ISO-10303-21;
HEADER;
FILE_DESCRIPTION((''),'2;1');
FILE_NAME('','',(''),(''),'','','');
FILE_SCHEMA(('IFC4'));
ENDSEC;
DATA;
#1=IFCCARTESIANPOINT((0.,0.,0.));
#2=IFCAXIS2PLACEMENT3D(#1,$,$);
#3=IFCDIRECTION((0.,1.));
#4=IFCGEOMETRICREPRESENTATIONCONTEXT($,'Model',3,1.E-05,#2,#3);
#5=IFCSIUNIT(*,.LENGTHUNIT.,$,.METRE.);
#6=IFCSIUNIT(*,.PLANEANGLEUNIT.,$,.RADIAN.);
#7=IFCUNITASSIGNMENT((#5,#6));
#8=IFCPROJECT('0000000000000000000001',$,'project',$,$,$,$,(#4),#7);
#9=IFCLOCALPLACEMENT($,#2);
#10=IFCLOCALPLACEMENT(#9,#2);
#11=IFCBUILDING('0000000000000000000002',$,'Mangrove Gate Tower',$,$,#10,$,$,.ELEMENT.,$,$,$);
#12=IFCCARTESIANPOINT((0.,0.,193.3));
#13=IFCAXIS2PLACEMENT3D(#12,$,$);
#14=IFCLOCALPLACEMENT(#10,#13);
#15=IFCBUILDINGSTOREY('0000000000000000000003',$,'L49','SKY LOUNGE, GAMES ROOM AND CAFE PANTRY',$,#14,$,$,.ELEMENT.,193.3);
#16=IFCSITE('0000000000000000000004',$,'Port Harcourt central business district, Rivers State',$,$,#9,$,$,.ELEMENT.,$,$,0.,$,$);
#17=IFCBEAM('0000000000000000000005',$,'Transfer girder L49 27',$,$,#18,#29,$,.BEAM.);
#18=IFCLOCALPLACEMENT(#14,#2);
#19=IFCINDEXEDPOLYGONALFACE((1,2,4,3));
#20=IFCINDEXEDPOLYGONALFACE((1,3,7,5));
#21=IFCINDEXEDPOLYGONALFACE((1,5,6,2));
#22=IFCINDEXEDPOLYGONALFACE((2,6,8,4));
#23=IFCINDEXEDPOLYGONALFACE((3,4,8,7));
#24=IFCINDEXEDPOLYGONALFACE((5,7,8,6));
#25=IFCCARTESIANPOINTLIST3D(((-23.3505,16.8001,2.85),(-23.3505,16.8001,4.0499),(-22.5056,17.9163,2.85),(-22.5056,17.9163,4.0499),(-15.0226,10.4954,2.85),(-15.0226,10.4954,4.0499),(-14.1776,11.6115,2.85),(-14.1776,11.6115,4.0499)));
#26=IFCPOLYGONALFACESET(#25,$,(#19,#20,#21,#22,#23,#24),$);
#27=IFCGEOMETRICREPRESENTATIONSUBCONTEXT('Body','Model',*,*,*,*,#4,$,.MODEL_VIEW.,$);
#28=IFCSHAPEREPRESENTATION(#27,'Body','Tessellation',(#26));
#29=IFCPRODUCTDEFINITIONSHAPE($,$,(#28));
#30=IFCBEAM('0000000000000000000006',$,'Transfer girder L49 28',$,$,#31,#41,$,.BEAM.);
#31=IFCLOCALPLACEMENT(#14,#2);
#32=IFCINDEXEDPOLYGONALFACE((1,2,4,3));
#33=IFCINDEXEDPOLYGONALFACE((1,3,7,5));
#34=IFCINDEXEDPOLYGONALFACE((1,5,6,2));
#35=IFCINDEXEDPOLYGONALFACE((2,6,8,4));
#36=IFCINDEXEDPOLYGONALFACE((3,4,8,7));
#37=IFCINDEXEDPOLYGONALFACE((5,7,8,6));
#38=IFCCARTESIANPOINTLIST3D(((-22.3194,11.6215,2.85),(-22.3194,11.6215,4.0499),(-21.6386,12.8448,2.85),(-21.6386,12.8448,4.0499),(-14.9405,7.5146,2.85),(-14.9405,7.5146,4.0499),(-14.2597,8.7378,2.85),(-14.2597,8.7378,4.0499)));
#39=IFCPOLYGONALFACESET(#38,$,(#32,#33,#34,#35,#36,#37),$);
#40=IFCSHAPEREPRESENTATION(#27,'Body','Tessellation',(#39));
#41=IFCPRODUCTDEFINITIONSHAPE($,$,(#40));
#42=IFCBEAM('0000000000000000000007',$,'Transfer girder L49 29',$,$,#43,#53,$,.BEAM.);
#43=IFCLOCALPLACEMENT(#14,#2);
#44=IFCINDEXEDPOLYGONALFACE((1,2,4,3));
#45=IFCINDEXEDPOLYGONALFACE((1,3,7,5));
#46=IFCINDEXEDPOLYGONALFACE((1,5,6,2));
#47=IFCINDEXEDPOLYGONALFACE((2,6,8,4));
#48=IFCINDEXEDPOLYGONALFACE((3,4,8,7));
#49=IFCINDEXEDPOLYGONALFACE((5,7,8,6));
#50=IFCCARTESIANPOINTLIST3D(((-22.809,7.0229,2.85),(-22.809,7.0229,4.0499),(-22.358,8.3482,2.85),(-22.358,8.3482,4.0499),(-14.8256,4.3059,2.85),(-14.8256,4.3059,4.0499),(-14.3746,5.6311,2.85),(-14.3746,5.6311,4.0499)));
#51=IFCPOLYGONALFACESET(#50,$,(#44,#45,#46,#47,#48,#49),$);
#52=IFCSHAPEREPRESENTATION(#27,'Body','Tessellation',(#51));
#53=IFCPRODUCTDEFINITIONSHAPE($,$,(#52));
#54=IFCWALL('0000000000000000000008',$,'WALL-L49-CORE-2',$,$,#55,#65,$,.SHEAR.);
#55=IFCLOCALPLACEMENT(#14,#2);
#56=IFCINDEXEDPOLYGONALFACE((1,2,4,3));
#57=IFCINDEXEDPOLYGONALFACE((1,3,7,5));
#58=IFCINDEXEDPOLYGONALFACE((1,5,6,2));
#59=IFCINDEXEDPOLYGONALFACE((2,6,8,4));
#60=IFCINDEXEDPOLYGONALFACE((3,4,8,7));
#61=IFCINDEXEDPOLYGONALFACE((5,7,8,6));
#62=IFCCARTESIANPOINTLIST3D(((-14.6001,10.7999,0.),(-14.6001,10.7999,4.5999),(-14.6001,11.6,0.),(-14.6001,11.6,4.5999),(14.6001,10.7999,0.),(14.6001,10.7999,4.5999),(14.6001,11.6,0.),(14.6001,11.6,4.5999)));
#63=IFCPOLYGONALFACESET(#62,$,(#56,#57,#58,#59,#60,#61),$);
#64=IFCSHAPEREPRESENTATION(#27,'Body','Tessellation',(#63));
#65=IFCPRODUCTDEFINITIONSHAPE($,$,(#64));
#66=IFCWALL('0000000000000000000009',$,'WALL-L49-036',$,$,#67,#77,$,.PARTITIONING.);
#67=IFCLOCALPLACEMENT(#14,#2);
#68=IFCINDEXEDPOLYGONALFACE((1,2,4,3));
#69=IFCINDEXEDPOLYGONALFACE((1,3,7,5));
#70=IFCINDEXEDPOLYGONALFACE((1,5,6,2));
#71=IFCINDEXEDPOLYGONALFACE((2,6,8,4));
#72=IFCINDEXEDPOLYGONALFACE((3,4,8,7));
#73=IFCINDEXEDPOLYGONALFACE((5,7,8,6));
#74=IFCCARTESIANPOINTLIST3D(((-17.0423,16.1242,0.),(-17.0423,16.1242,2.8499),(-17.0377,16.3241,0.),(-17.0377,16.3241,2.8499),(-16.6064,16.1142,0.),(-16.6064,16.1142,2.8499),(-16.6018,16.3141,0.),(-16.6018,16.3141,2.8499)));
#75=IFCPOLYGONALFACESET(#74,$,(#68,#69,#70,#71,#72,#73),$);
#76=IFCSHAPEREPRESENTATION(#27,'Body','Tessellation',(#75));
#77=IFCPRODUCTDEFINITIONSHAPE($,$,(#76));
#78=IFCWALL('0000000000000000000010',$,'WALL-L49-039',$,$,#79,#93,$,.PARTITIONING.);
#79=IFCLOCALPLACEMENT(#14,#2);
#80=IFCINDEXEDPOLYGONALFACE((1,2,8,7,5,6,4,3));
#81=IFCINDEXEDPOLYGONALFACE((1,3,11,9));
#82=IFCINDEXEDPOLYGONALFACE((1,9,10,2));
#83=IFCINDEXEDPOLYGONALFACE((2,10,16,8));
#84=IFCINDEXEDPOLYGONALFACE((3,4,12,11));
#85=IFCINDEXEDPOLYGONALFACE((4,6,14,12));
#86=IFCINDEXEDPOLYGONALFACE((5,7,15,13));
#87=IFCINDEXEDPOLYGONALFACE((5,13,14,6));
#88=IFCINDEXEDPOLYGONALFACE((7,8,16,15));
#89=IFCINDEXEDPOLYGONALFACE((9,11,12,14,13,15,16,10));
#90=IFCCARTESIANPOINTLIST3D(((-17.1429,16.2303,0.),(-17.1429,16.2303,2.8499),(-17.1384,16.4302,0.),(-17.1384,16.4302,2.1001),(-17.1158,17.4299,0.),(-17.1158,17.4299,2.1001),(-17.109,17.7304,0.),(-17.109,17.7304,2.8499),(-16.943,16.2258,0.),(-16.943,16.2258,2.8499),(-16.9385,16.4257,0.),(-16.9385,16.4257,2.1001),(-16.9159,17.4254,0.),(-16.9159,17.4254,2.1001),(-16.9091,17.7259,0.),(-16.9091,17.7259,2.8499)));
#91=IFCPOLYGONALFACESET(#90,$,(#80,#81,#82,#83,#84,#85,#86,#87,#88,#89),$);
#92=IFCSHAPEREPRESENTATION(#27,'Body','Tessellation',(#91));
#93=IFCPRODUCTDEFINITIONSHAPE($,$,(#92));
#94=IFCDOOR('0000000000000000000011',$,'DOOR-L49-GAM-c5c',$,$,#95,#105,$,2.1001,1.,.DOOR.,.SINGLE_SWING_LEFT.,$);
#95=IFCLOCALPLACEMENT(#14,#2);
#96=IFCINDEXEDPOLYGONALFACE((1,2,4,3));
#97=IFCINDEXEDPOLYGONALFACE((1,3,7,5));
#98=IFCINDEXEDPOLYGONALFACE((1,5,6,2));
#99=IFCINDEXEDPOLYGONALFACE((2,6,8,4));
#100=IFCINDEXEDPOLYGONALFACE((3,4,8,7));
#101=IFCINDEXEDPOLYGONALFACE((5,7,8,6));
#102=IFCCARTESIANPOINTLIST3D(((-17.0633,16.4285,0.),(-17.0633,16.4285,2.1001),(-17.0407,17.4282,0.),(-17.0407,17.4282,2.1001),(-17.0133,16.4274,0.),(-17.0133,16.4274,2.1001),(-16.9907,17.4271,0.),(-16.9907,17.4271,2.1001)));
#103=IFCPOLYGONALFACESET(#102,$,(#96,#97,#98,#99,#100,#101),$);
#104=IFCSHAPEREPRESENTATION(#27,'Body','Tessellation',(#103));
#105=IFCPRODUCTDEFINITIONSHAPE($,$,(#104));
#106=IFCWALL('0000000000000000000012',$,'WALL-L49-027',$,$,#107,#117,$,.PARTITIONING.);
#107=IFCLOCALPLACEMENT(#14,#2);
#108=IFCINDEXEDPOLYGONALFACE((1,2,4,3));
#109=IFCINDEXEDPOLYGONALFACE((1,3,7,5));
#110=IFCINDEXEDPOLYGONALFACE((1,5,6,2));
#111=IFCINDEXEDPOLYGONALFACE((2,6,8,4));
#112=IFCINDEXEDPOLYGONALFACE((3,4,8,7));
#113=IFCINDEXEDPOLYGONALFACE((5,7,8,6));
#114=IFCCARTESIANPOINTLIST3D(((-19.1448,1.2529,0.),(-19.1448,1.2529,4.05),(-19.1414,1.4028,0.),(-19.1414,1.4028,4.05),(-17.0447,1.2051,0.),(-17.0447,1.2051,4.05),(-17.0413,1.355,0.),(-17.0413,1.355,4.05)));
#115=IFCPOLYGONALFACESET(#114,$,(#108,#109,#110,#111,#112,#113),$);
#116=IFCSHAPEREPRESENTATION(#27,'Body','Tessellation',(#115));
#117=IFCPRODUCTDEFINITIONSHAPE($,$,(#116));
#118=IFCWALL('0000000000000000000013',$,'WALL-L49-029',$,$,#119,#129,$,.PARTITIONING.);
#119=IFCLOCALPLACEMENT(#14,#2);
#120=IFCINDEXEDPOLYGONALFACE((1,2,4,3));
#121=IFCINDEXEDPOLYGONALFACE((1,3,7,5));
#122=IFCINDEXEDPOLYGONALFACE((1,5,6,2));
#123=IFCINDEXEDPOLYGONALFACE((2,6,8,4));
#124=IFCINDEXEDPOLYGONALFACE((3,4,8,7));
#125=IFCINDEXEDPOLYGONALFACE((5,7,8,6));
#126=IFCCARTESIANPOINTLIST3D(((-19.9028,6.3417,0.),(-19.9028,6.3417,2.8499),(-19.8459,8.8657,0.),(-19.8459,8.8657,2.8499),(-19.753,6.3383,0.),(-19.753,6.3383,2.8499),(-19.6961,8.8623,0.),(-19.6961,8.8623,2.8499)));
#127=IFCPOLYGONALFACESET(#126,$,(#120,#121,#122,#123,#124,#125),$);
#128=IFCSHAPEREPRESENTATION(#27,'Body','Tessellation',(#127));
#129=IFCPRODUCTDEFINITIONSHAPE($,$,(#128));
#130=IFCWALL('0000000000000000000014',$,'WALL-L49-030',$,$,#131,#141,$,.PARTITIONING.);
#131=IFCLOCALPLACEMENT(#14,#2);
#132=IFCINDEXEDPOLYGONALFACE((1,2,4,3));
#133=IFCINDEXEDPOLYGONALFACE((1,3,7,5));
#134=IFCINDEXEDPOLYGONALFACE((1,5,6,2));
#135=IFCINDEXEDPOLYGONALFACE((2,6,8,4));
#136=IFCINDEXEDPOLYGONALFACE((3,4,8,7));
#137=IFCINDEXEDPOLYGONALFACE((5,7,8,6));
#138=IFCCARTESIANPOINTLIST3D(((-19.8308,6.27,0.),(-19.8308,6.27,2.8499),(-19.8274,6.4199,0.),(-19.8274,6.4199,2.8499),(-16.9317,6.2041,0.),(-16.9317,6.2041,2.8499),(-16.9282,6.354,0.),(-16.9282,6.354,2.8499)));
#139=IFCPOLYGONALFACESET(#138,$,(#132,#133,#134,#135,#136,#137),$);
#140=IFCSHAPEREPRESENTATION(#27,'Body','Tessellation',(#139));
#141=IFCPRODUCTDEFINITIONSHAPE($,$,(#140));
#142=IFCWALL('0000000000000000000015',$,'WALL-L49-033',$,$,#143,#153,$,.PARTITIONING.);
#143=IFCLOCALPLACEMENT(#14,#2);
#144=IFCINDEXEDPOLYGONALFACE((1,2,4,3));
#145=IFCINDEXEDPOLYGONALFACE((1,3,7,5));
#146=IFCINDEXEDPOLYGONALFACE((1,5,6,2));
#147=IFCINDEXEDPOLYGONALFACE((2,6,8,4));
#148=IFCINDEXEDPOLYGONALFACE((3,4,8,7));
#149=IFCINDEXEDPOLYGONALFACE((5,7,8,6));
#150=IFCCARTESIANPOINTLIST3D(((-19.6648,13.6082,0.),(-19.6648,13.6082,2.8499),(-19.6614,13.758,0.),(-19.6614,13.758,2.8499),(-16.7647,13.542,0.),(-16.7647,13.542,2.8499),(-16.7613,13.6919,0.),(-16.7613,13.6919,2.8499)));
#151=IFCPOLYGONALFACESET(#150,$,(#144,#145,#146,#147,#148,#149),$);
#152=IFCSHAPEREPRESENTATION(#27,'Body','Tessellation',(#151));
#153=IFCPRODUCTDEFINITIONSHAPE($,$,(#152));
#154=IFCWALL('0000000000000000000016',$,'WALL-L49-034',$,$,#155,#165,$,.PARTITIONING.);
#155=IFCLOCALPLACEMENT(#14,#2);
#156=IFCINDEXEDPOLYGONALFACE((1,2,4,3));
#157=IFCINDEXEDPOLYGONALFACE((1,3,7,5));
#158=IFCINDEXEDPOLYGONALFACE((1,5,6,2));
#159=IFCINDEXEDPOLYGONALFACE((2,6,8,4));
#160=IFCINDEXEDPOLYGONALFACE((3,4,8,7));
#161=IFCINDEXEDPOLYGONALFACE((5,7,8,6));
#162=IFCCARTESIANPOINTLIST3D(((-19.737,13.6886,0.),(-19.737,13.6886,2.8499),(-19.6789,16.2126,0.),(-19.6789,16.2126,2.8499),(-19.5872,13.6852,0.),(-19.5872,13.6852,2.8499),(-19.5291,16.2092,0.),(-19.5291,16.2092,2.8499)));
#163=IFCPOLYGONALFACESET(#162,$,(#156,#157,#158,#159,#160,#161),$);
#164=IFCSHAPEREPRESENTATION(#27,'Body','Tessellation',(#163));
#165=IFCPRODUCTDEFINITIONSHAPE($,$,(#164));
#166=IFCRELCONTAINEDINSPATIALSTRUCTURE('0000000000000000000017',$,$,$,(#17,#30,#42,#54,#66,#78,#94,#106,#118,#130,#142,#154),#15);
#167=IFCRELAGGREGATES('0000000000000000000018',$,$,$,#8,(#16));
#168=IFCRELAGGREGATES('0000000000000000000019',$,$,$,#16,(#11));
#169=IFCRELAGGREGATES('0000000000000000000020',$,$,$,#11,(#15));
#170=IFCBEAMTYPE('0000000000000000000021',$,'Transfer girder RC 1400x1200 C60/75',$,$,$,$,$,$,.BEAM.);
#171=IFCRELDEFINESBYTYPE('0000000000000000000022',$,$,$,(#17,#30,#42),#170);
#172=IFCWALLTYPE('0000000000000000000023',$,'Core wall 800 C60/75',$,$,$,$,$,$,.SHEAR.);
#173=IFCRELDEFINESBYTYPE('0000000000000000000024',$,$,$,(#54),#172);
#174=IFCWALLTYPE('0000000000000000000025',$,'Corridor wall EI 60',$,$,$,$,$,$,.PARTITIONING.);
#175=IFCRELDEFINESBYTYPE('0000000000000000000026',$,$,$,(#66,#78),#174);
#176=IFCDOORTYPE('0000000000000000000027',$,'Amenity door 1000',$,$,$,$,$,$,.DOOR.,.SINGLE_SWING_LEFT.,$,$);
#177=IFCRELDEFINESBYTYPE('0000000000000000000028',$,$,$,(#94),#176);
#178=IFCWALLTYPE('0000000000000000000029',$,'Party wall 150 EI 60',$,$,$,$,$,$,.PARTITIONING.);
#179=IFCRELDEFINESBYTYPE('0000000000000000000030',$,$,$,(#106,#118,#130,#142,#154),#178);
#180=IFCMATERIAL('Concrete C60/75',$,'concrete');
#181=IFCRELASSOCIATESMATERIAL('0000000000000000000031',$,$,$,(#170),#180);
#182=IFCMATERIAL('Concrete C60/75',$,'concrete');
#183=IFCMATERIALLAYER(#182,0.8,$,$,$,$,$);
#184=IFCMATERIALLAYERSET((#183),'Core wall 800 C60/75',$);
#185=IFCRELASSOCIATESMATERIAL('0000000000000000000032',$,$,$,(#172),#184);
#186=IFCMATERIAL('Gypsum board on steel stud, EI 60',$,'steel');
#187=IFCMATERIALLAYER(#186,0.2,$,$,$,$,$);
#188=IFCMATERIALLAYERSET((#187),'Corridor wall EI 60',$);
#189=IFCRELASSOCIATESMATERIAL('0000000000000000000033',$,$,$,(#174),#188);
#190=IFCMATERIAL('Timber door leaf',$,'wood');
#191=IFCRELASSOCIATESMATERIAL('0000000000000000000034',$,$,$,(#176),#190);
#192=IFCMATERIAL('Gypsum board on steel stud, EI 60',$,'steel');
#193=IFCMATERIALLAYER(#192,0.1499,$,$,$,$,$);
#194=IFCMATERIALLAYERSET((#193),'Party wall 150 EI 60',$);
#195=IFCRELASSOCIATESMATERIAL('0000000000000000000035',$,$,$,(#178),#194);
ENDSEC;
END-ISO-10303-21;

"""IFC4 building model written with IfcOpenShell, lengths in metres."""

from ifc_helpers import new_model, si_unit, direction, frame, frame_2d, origin, origin_2d, place, context, subcontext, project, spatial, rectangle, extrude, material, layer, layer_set, material_profile, profile_set, type_object, element, fill, save


model = new_model("IFC4")

# Units and contexts
model_context = context("Model", 3, precision=1e-05, world=origin(), true_north=direction((0.0, 1.0)))
body_context = subcontext(model_context, "Body", "Model", "MODEL_VIEW")
ifc_project = project(units=[si_unit("LENGTHUNIT", "METRE"), si_unit("PLANEANGLEUNIT", "RADIAN")], contexts=[model_context])

# Site, building, storey
site_placement = place(None, origin())
site = spatial("IfcSite", under=ifc_project, at=site_placement, Name="Port Harcourt central business district, Rivers State", CompositionType="ELEMENT", RefElevation=0.0)
building_placement = place(site_placement, origin())
building = spatial("IfcBuilding", under=site, at=building_placement, Name="Mangrove Gate Tower", CompositionType="ELEMENT")
storey_placement = place(building_placement, frame((0.0, 0.0, 193.3)))
storey = spatial("IfcBuildingStorey", under=building, at=storey_placement, Name="L49", Description="SKY LOUNGE, GAMES ROOM AND CAFE PANTRY", CompositionType="ELEMENT", Elevation=193.3)

# Beams
ifc_material_1 = material(Name="Concrete C60/75", Category="concrete")
ifc_material_profile = material_profile(ifc_material_1, rectangle(XDim=1.3999, YDim=1.2, at=origin_2d()))
ifc_profile_set = profile_set([ifc_material_profile], Name="Concrete C60/75")
beam_type = type_object("IfcBeamType", Name="Transfer girder RC 1400x1200 C60/75", PredefinedType="BEAM", material=ifc_profile_set)
beam_1_placement = place(storey_placement, frame((-14.6001, 11.0535, 3.45), z_axis=(-0.797291, 0.603595, 0.0), x_axis=(-0.603595, -0.797291, 0.0)))
element("IfcBeam", 1, at=beam_1_placement, inside=storey, type_object=beam_type, Name="Transfer girder L49 27", PredefinedType="BEAM", context=body_context, shape_type="SweptSolid", body=[
    extrude(rectangle(XDim=1.3999, YDim=1.2, at=origin_2d()), origin(), (0.0, 0.0, 1.0), 10.4453),
])
beam_2_placement = place(storey_placement, frame((-14.6001, 8.1262, 3.45), z_axis=(-0.873778, 0.486325, 0.0), x_axis=(-0.486325, -0.873778, 0.0)))
element("IfcBeam", 2, at=beam_2_placement, inside=storey, type_object=beam_type, Name="Transfer girder L49 28", PredefinedType="BEAM", context=body_context, shape_type="SweptSolid", body=[
    extrude(rectangle(XDim=1.3999, YDim=1.2, at=origin_2d()), origin(), (0.0, 0.0, 1.0), 8.4448),
])
beam_3_placement = place(storey_placement, frame((-14.6001, 4.9685, 3.45), z_axis=(-0.946676, 0.322188, 0.0), x_axis=(-0.322188, -0.946676, 0.0)))
element("IfcBeam", 3, at=beam_3_placement, inside=storey, type_object=beam_type, Name="Transfer girder L49 29", PredefinedType="BEAM", context=body_context, shape_type="SweptSolid", body=[
    extrude(rectangle(XDim=1.3999, YDim=1.2, at=origin_2d()), origin(), (0.0, 0.0, 1.0), 8.4331),
])

# Walls
ifc_material_2 = material(Name="Concrete C60/75", Category="concrete")
ifc_layer_1 = layer(ifc_material_2, 0.8)
ifc_layer_set_1 = layer_set([ifc_layer_1], Name="Core wall 800 C60/75")
wall_type_1 = type_object("IfcWallType", Name="Core wall 800 C60/75", PredefinedType="SHEAR", material=ifc_layer_set_1)
wall_1_placement = place(storey_placement, frame((-14.6001, 11.2, 0.0), z_axis=(0.0, 0.0, 1.0), x_axis=(1.0, 0.0, 0.0)))
element("IfcWall", 4, at=wall_1_placement, inside=storey, type_object=wall_type_1, Name="WALL-L49-CORE-2", PredefinedType="SHEAR", context=body_context, shape_type="SweptSolid", body=[
    extrude(rectangle(XDim=29.2002, YDim=0.8, at=frame_2d((14.6001, 0.0))), origin(), (0.0, 0.0, 1.0), 4.5999),
])
ifc_material_3 = material(Name="Gypsum board on steel stud, EI 60", Category="steel")
ifc_layer_2 = layer(ifc_material_3, 0.2)
ifc_layer_set_2 = layer_set([ifc_layer_2], Name="Corridor wall EI 60")
wall_type_2 = type_object("IfcWallType", Name="Corridor wall EI 60", PredefinedType="PARTITIONING", material=ifc_layer_set_2)
wall_2_placement = place(storey_placement, frame((-17.04, 16.2241, 0.0), z_axis=(0.0, 0.0, 1.0), x_axis=(0.999737, -0.02295, 0.0)))
element("IfcWall", 5, at=wall_2_placement, inside=storey, type_object=wall_type_2, Name="WALL-L49-036", PredefinedType="PARTITIONING", context=body_context, shape_type="SweptSolid", body=[
    extrude(rectangle(XDim=0.436, YDim=0.2, at=frame_2d((0.218, 0.0))), origin(), (0.0, 0.0, 1.0), 2.8499),
])

# Wall, opening, door
wall_3_placement = place(storey_placement, frame((-17.043, 16.228, 0.0), z_axis=(0.0, 0.0, 1.0), x_axis=(0.022618, 0.999744, 0.0)))
wall_3 = element("IfcWall", 6, at=wall_3_placement, inside=storey, type_object=wall_type_2, Name="WALL-L49-039", PredefinedType="PARTITIONING", context=body_context, shape_type="SweptSolid", body=[
    extrude(rectangle(XDim=1.5005, YDim=0.2, at=frame_2d((0.7502, 0.0))), origin(), (0.0, 0.0, 1.0), 2.8499),
])
opening_placement = place(wall_3_placement, frame((0.2, 0.0, 0.0)))
opening = element("IfcOpeningElement", 7, at=opening_placement, cuts=wall_3, PredefinedType="OPENING", context=body_context, shape_type="SweptSolid", body=[
    extrude(rectangle(XDim=1.0, YDim=2.1001, at=frame_2d((0.5, 1.05))), frame((0.0, 0.1099, 0.0), z_axis=(0.0, -1.0, 0.0), x_axis=(1.0, 0.0, 0.0)), (0.0, 0.0, 1.0), 0.22),
])
ifc_material_4 = material(Name="Timber door leaf", Category="wood")
door_type = type_object("IfcDoorType", Name="Amenity door 1000", OperationType="SINGLE_SWING_LEFT", PredefinedType="DOOR", material=ifc_material_4)
door_placement = place(opening_placement, origin())
door = element("IfcDoor", 8, at=door_placement, inside=storey, type_object=door_type, Name="DOOR-L49-GAM-c5c", OperationType="SINGLE_SWING_LEFT", OverallHeight=2.1001, OverallWidth=1.0, PredefinedType="DOOR", context=body_context, shape_type="SweptSolid", body=[
    extrude(rectangle(XDim=1.0, YDim=2.1001, at=frame_2d((0.5, 1.05))), frame((0.0, 0.0249, 0.0), z_axis=(0.0, -1.0, 0.0), x_axis=(1.0, 0.0, 0.0)), (0.0, 0.0, 1.0), 0.05),
])
fill(opening, door)

# Walls
ifc_material_5 = material(Name="Gypsum board on steel stud, EI 60", Category="steel")
ifc_layer_3 = layer(ifc_material_5, 0.1499)
ifc_layer_set_3 = layer_set([ifc_layer_3], Name="Party wall 150 EI 60")
wall_type_3 = type_object("IfcWallType", Name="Party wall 150 EI 60", PredefinedType="PARTITIONING", material=ifc_layer_set_3)
wall_4_placement = place(storey_placement, frame((-19.1431, 1.3279, 0.0), z_axis=(0.0, 0.0, 1.0), x_axis=(0.999741, -0.022779, 0.0)))
element("IfcWall", 9, at=wall_4_placement, inside=storey, type_object=wall_type_3, Name="WALL-L49-027", PredefinedType="PARTITIONING", context=body_context, shape_type="SweptSolid", body=[
    extrude(rectangle(XDim=2.1006, YDim=0.1499, at=frame_2d((1.0503, 0.0))), origin(), (0.0, 0.0, 1.0), 4.05),
])
wall_5_placement = place(storey_placement, frame((-19.8279, 6.3401, 0.0), z_axis=(0.0, 0.0, 1.0), x_axis=(0.022532, 0.999746, 0.0)))
element("IfcWall", 10, at=wall_5_placement, inside=storey, type_object=wall_type_3, Name="WALL-L49-029", PredefinedType="PARTITIONING", context=body_context, shape_type="SweptSolid", body=[
    extrude(rectangle(XDim=2.5247, YDim=0.1499, at=frame_2d((1.2622, 0.0))), origin(), (0.0, 0.0, 1.0), 2.8499),
])
wall_6_placement = place(storey_placement, frame((-19.8291, 6.345, 0.0), z_axis=(0.0, 0.0, 1.0), x_axis=(0.999742, -0.022731, 0.0)))
element("IfcWall", 11, at=wall_6_placement, inside=storey, type_object=wall_type_3, Name="WALL-L49-030", PredefinedType="PARTITIONING", context=body_context, shape_type="SweptSolid", body=[
    extrude(rectangle(XDim=2.8999, YDim=0.1499, at=frame_2d((1.45, 0.0))), origin(), (0.0, 0.0, 1.0), 2.8499),
])
wall_7_placement = place(storey_placement, frame((-19.6631, 13.6831, 0.0), z_axis=(0.0, 0.0, 1.0), x_axis=(0.99974, -0.022807, 0.0)))
element("IfcWall", 12, at=wall_7_placement, inside=storey, type_object=wall_type_3, Name="WALL-L49-033", PredefinedType="PARTITIONING", context=body_context, shape_type="SweptSolid", body=[
    extrude(rectangle(XDim=2.9009, YDim=0.1499, at=frame_2d((1.4504, 0.0))), origin(), (0.0, 0.0, 1.0), 2.8499),
])
wall_8_placement = place(storey_placement, frame((-19.6621, 13.687, 0.0), z_axis=(0.0, 0.0, 1.0), x_axis=(0.023016, 0.999735, 0.0)))
element("IfcWall", 13, at=wall_8_placement, inside=storey, type_object=wall_type_3, Name="WALL-L49-034", PredefinedType="PARTITIONING", context=body_context, shape_type="SweptSolid", body=[
    extrude(rectangle(XDim=2.5247, YDim=0.1499, at=frame_2d((1.2622, 0.0))), origin(), (0.0, 0.0, 1.0), 2.8499),
])

save(model, "model.ifc")
